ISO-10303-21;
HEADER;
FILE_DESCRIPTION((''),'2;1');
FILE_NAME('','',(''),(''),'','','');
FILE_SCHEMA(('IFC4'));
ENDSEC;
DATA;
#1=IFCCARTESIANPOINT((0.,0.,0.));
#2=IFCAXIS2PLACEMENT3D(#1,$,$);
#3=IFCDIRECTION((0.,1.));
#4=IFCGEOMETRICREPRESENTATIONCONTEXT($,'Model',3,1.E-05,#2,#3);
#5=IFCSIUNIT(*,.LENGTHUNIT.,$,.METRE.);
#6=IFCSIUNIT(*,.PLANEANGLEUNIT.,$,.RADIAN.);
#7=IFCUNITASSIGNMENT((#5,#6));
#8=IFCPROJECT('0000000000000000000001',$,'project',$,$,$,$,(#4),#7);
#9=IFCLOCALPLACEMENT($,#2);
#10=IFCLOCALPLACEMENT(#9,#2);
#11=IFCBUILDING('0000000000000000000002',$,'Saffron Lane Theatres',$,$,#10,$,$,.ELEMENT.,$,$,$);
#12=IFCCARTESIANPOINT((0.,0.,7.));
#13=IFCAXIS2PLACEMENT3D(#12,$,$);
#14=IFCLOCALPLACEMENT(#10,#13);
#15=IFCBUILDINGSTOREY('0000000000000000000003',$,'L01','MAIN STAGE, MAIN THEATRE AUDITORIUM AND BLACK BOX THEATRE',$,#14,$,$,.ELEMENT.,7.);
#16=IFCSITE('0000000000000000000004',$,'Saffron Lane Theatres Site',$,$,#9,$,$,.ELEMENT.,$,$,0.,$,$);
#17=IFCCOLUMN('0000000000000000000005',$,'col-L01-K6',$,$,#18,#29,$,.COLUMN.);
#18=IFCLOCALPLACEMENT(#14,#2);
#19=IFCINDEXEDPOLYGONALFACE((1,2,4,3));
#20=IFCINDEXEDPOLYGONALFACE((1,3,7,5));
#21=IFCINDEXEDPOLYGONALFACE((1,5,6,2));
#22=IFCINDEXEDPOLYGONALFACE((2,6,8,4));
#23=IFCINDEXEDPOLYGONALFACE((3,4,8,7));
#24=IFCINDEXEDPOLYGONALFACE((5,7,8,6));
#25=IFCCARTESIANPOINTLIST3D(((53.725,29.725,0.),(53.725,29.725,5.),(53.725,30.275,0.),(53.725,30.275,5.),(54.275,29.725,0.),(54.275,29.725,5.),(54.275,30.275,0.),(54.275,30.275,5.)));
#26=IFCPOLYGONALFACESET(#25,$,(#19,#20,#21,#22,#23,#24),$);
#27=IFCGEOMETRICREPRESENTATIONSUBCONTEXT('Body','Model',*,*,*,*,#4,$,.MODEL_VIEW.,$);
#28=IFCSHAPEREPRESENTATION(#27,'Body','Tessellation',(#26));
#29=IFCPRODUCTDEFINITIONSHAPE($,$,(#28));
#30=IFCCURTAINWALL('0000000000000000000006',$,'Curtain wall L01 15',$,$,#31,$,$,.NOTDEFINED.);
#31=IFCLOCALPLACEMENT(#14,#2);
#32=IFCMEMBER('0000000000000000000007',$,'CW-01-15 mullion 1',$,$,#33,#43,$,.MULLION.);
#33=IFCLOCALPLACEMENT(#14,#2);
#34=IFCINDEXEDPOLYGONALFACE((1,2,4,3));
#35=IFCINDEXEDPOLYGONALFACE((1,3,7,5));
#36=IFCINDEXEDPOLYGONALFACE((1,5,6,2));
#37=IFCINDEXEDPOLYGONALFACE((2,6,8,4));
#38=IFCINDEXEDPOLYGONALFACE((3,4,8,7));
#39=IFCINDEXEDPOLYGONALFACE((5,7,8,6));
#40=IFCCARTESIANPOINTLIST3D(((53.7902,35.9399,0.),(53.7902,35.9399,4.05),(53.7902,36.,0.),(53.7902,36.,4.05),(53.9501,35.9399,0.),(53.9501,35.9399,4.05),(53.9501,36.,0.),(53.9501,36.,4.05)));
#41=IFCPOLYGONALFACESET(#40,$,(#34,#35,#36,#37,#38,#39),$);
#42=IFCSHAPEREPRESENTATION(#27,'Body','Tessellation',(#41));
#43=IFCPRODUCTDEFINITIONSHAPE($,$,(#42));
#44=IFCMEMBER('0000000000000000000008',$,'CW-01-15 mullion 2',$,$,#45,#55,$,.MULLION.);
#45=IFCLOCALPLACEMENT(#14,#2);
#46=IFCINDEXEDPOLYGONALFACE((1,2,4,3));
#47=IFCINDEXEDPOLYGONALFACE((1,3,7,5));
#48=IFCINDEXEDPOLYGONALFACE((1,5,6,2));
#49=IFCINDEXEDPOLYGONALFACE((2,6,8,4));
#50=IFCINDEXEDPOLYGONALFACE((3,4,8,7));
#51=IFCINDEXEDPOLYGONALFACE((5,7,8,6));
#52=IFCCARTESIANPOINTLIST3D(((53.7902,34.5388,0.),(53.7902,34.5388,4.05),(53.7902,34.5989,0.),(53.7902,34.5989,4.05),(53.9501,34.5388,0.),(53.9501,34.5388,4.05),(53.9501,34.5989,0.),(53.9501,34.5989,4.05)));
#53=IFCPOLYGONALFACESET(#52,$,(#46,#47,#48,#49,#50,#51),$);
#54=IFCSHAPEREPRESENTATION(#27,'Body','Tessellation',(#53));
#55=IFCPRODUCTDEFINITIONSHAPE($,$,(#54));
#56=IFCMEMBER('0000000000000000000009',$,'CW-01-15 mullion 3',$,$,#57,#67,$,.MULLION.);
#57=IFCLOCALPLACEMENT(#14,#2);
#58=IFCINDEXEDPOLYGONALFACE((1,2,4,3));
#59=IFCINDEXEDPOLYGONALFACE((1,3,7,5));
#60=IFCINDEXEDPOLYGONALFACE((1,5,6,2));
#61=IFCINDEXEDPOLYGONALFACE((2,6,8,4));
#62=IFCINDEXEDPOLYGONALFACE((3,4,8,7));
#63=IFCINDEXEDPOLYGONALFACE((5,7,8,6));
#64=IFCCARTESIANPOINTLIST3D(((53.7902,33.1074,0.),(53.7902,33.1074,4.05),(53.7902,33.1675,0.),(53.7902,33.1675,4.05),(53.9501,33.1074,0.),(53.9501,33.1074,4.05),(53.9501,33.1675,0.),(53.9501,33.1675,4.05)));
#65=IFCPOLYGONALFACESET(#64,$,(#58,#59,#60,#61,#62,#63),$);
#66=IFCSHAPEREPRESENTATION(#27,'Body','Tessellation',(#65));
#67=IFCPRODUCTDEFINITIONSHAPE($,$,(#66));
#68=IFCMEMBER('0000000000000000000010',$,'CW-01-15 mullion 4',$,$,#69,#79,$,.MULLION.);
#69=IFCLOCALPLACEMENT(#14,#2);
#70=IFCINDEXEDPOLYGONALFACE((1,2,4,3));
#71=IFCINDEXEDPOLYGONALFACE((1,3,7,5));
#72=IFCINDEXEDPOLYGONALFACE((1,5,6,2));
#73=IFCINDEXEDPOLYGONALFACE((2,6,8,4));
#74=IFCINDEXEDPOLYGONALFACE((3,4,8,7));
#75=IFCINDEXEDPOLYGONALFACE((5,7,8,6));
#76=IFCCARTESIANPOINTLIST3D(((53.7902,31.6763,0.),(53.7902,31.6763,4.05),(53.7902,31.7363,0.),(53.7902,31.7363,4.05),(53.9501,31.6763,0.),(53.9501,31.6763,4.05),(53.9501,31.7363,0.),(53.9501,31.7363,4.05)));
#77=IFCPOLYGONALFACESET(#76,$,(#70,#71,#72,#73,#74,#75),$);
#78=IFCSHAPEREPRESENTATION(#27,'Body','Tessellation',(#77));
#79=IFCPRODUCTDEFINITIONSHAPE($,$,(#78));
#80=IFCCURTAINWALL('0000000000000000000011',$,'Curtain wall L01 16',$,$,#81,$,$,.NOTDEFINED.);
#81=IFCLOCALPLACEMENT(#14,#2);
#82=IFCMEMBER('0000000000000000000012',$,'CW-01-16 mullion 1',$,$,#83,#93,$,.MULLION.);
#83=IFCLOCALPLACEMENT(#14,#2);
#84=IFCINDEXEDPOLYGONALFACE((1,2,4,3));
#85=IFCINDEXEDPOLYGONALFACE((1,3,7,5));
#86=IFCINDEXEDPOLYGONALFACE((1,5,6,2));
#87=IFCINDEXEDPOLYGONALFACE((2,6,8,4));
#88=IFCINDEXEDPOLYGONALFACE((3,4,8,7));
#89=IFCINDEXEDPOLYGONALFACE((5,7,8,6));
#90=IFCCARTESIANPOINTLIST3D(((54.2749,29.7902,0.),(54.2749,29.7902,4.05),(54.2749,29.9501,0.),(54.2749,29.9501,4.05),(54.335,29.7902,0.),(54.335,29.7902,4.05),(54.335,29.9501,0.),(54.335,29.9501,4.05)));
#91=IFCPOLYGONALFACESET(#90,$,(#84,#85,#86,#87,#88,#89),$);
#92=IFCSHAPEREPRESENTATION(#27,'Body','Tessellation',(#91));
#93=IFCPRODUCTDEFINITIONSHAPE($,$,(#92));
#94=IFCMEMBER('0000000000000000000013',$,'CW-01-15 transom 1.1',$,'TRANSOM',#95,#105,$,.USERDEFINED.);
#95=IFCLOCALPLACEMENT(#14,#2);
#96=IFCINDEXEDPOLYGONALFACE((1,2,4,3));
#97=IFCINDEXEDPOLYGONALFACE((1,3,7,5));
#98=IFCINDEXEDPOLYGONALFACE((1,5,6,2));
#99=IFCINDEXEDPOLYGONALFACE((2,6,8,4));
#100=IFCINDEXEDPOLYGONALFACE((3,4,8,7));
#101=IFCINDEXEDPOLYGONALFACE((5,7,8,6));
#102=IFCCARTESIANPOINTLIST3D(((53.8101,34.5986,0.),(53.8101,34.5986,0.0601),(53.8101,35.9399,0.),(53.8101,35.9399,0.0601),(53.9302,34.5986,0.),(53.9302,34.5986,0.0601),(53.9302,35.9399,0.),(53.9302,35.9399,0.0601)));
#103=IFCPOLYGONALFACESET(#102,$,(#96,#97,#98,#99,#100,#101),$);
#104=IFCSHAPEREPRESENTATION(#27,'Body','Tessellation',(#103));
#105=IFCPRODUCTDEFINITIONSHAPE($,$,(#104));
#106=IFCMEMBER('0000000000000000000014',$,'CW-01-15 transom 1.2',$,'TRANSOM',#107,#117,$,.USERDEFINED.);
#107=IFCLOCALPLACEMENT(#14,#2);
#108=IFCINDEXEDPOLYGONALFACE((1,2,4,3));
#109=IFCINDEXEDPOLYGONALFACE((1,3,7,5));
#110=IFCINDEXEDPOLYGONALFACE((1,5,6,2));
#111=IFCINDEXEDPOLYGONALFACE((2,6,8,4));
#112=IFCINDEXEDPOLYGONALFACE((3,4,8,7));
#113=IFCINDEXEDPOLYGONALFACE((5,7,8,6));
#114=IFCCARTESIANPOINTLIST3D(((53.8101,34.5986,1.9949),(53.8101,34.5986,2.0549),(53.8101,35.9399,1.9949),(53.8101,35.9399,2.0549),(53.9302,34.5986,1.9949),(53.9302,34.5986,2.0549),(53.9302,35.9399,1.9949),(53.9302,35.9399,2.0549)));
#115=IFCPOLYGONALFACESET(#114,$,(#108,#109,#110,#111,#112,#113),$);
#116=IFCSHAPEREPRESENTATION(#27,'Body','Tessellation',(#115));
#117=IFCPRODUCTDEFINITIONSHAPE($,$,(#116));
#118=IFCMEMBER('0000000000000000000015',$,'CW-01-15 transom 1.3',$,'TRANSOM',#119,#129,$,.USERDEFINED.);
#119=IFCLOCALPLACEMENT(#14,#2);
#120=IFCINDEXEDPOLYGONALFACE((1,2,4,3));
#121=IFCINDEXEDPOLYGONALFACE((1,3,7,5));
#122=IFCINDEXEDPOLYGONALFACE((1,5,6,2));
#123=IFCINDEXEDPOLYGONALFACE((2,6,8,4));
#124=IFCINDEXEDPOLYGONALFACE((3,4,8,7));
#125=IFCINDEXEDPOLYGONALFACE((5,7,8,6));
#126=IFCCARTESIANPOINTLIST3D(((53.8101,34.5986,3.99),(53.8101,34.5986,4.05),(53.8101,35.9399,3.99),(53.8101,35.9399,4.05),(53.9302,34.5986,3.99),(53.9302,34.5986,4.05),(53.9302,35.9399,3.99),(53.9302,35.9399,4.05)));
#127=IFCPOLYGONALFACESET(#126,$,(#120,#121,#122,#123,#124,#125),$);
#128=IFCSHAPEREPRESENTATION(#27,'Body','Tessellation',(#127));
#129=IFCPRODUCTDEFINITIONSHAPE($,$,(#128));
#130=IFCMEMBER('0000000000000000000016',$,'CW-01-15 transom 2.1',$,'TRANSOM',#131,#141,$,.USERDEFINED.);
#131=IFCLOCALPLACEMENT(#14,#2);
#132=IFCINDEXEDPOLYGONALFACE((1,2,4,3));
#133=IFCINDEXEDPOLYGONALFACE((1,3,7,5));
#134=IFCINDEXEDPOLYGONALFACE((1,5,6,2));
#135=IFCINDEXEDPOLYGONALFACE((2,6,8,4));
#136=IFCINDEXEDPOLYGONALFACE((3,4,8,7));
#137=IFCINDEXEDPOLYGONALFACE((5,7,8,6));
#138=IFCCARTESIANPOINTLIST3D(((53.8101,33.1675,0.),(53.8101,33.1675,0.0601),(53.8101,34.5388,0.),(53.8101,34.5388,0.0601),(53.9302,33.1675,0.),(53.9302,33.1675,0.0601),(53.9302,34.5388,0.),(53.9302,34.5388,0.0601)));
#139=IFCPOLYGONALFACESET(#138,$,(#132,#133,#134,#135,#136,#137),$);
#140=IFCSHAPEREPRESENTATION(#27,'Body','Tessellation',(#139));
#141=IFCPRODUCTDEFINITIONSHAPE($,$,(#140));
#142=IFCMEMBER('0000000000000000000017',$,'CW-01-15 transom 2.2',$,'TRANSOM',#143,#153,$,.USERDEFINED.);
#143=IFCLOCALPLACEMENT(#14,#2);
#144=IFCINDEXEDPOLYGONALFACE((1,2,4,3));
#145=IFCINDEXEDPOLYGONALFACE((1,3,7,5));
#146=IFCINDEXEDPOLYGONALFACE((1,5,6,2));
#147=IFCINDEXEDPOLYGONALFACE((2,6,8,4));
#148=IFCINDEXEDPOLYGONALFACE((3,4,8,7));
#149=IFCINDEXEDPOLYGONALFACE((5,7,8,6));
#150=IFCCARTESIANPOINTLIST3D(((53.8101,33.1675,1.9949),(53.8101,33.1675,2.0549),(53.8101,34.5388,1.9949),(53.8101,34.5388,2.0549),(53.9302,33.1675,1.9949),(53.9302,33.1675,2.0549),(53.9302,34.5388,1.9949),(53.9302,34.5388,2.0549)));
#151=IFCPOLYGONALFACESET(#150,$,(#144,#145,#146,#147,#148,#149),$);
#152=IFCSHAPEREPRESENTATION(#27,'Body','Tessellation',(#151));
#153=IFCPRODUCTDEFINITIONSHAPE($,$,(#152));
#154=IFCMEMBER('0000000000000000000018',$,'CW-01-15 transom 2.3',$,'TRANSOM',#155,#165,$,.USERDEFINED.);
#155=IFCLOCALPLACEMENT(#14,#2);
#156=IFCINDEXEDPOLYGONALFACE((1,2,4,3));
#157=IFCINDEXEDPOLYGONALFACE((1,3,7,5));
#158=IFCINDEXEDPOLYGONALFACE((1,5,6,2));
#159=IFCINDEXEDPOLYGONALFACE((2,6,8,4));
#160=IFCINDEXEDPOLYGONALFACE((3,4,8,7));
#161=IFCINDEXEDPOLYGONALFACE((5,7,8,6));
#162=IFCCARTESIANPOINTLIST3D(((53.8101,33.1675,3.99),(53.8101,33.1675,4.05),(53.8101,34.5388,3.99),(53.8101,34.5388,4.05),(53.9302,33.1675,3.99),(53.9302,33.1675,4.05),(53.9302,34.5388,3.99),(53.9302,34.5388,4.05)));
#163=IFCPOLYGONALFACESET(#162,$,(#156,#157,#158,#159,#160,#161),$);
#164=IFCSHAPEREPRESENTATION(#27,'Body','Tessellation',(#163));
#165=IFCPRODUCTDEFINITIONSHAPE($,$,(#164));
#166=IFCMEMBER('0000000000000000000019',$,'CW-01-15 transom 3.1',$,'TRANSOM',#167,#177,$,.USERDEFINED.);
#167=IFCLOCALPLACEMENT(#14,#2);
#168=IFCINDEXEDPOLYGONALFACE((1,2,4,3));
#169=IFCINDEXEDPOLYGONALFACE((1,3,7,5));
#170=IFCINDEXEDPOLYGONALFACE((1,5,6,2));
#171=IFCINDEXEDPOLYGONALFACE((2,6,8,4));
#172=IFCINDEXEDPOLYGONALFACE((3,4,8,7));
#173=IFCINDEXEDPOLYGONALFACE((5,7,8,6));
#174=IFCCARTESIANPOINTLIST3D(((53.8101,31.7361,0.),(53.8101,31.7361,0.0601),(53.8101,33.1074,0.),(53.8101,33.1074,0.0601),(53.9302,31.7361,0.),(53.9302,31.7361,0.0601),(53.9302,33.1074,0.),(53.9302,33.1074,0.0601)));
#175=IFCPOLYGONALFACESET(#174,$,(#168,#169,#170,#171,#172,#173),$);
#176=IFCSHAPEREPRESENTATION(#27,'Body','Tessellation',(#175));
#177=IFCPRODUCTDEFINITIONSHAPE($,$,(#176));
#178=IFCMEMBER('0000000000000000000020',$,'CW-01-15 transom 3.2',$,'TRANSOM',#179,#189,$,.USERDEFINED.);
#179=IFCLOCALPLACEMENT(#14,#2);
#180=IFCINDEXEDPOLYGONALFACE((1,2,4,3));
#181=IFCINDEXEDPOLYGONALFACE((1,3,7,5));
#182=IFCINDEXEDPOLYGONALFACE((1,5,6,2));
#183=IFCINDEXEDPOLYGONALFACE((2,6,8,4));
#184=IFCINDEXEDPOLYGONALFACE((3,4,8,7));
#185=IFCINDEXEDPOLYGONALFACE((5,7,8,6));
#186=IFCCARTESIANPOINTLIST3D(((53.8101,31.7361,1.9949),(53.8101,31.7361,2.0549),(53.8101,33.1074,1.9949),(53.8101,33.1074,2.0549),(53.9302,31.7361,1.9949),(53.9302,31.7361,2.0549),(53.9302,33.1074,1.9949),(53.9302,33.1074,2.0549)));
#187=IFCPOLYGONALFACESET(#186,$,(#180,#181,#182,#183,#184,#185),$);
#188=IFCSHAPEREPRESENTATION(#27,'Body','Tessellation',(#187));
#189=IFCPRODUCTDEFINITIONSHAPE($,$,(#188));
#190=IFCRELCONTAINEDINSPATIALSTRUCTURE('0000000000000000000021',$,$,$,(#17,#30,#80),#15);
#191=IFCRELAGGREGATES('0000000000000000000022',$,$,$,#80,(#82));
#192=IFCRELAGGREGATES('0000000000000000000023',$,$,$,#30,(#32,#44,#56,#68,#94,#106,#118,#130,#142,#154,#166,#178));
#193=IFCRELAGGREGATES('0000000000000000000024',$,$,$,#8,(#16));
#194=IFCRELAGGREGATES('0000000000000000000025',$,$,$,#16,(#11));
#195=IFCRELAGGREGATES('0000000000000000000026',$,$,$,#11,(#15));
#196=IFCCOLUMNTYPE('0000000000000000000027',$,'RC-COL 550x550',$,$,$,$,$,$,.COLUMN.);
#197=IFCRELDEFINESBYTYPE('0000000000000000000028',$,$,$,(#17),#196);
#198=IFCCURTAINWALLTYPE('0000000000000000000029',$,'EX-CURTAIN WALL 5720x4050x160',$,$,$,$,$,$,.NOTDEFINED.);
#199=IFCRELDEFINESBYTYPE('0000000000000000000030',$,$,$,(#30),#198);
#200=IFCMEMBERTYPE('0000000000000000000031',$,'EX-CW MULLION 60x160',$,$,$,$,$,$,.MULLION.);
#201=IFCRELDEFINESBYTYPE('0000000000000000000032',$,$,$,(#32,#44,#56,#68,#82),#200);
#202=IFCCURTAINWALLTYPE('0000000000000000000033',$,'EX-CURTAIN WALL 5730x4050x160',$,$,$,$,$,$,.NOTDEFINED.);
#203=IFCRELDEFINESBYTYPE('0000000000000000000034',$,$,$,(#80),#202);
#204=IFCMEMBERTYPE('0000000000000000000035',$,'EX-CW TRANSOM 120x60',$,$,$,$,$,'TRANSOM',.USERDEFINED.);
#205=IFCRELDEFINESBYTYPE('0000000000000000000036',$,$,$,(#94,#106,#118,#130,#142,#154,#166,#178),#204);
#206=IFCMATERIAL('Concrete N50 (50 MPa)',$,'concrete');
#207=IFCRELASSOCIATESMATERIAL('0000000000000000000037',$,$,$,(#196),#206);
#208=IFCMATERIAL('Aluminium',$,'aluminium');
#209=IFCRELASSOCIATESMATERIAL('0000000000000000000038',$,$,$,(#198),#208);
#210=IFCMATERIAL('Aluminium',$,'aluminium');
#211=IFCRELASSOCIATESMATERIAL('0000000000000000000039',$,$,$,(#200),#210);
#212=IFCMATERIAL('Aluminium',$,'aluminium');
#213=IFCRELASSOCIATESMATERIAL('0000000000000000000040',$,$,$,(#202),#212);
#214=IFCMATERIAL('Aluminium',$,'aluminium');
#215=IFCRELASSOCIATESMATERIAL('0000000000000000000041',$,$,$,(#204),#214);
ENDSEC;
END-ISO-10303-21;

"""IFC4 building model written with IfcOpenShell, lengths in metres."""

from ifc_helpers import new_model, si_unit, direction, frame, origin, origin_2d, place, context, subcontext, project, spatial, rectangle, extrude, material, material_profile, profile_set, type_object, element, aggregate, save


model = new_model("IFC4")

# Units and contexts
model_context = context("Model", 3, precision=1e-05, world=origin(), true_north=direction((0.0, 1.0)))
body_context = subcontext(model_context, "Body", "Model", "MODEL_VIEW")
ifc_project = project(units=[si_unit("LENGTHUNIT", "METRE"), si_unit("PLANEANGLEUNIT", "RADIAN")], contexts=[model_context])

# Site, building, storey
site_placement = place(None, origin())
site = spatial("IfcSite", under=ifc_project, at=site_placement, Name="Saffron Lane Theatres Site", CompositionType="ELEMENT", RefElevation=0.0)
building_placement = place(site_placement, origin())
building = spatial("IfcBuilding", under=site, at=building_placement, Name="Saffron Lane Theatres", CompositionType="ELEMENT")
storey_placement = place(building_placement, frame((0.0, 0.0, 7.0)))
storey = spatial("IfcBuildingStorey", under=building, at=storey_placement, Name="L01", Description="MAIN STAGE, MAIN THEATRE AUDITORIUM AND BLACK BOX THEATRE", CompositionType="ELEMENT", Elevation=7.0)

# Column
ifc_material_1 = material(Name="Concrete N50 (50 MPa)", Category="concrete")
ifc_material_profile_1 = material_profile(ifc_material_1, rectangle(XDim=0.55, YDim=0.55, at=origin_2d()))
ifc_profile_set_1 = profile_set([ifc_material_profile_1], Name="Concrete N50 (50 MPa)")
column_type = type_object("IfcColumnType", Name="RC-COL 550x550", PredefinedType="COLUMN", material=ifc_profile_set_1)
column_placement = place(storey_placement, frame((54.0, 30.0, 0.0), z_axis=(0.0, 0.0, 1.0), x_axis=(1.0, 0.0, 0.0)))
element("IfcColumn", 1, at=column_placement, inside=storey, type_object=column_type, Name="col-L01-K6", PredefinedType="COLUMN", context=body_context, shape_type="SweptSolid", body=[
    extrude(rectangle(XDim=0.55, YDim=0.55, at=origin_2d()), origin(), (0.0, 0.0, 1.0), 5.0),
])

# Curtain wall, members
ifc_material_2 = material(Name="Aluminium", Category="aluminium")
curtain_wall_type_1 = type_object("IfcCurtainWallType", Name="EX-CURTAIN WALL 5720x4050x160", PredefinedType="NOTDEFINED", material=ifc_material_2)
curtain_wall_1_placement = place(storey_placement, origin())
curtain_wall_1 = element("IfcCurtainWall", 2, at=curtain_wall_1_placement, inside=storey, type_object=curtain_wall_type_1, Name="Curtain wall L01 15", PredefinedType="NOTDEFINED")
ifc_material_3 = material(Name="Aluminium", Category="aluminium")
ifc_material_profile_2 = material_profile(ifc_material_3, rectangle(XDim=0.0601, YDim=0.1599, at=origin_2d()))
ifc_profile_set_2 = profile_set([ifc_material_profile_2], Name="Aluminium")
member_type_1 = type_object("IfcMemberType", Name="EX-CW MULLION 60x160", PredefinedType="MULLION", material=ifc_profile_set_2)
member_1_placement = place(storey_placement, frame((53.8701, 35.97, 0.0), z_axis=(0.0, 0.0, 1.0), x_axis=(0.0, -1.0, 0.0)))
member_1 = element("IfcMember", 3, at=member_1_placement, type_object=member_type_1, Name="CW-01-15 mullion 1", PredefinedType="MULLION", context=body_context, shape_type="SweptSolid", body=[
    extrude(rectangle(XDim=0.0601, YDim=0.1599, at=origin_2d()), origin(), (0.0, 0.0, 1.0), 4.05),
])
member_2_placement = place(storey_placement, frame((53.8701, 34.5688, 0.0), z_axis=(0.0, 0.0, 1.0), x_axis=(0.0, -1.0, 0.0)))
member_2 = element("IfcMember", 4, at=member_2_placement, type_object=member_type_1, Name="CW-01-15 mullion 2", PredefinedType="MULLION", context=body_context, shape_type="SweptSolid", body=[
    extrude(rectangle(XDim=0.0601, YDim=0.1599, at=origin_2d()), origin(), (0.0, 0.0, 1.0), 4.05),
])
member_3_placement = place(storey_placement, frame((53.8701, 33.1375, 0.0), z_axis=(0.0, 0.0, 1.0), x_axis=(0.0, -1.0, 0.0)))
member_3 = element("IfcMember", 5, at=member_3_placement, type_object=member_type_1, Name="CW-01-15 mullion 3", PredefinedType="MULLION", context=body_context, shape_type="SweptSolid", body=[
    extrude(rectangle(XDim=0.0601, YDim=0.1599, at=origin_2d()), origin(), (0.0, 0.0, 1.0), 4.05),
])
member_4_placement = place(storey_placement, frame((53.8701, 31.7063, 0.0), z_axis=(0.0, 0.0, 1.0), x_axis=(0.0, -1.0, 0.0)))
member_4 = element("IfcMember", 6, at=member_4_placement, type_object=member_type_1, Name="CW-01-15 mullion 4", PredefinedType="MULLION", context=body_context, shape_type="SweptSolid", body=[
    extrude(rectangle(XDim=0.0601, YDim=0.1599, at=origin_2d()), origin(), (0.0, 0.0, 1.0), 4.05),
])

# Curtain wall, member
ifc_material_4 = material(Name="Aluminium", Category="aluminium")
curtain_wall_type_2 = type_object("IfcCurtainWallType", Name="EX-CURTAIN WALL 5730x4050x160", PredefinedType="NOTDEFINED", material=ifc_material_4)
curtain_wall_2_placement = place(storey_placement, origin())
curtain_wall_2 = element("IfcCurtainWall", 7, at=curtain_wall_2_placement, inside=storey, type_object=curtain_wall_type_2, Name="Curtain wall L01 16", PredefinedType="NOTDEFINED")
member_5_placement = place(storey_placement, frame((54.3049, 29.8701, 0.0), z_axis=(0.0, 0.0, 1.0), x_axis=(1.0, 0.0, 0.0)))
member_5 = element("IfcMember", 8, at=member_5_placement, type_object=member_type_1, Name="CW-01-16 mullion 1", PredefinedType="MULLION", context=body_context, shape_type="SweptSolid", body=[
    extrude(rectangle(XDim=0.0601, YDim=0.1599, at=origin_2d()), origin(), (0.0, 0.0, 1.0), 4.05),
])

# Members
ifc_material_5 = material(Name="Aluminium", Category="aluminium")
ifc_material_profile_3 = material_profile(ifc_material_5, rectangle(XDim=0.1201, YDim=0.0601, at=origin_2d()))
ifc_profile_set_3 = profile_set([ifc_material_profile_3], Name="Aluminium")
member_type_2 = type_object("IfcMemberType", Name="EX-CW TRANSOM 120x60", ElementType="TRANSOM", PredefinedType="USERDEFINED", material=ifc_profile_set_3)
member_6_placement = place(storey_placement, frame((53.8701, 35.9399, 0.03), z_axis=(0.0, -1.0, 0.0), x_axis=(1.0, 0.0, 0.0)))
member_6 = element("IfcMember", 9, at=member_6_placement, type_object=member_type_2, Name="CW-01-15 transom 1.1", ObjectType="TRANSOM", PredefinedType="USERDEFINED", context=body_context, shape_type="SweptSolid", body=[
    extrude(rectangle(XDim=0.1201, YDim=0.0601, at=origin_2d()), origin(), (0.0, 0.0, 1.0), 1.3413),
])
member_7_placement = place(storey_placement, frame((53.8701, 35.9399, 2.0249), z_axis=(0.0, -1.0, 0.0), x_axis=(1.0, 0.0, 0.0)))
member_7 = element("IfcMember", 10, at=member_7_placement, type_object=member_type_2, Name="CW-01-15 transom 1.2", ObjectType="TRANSOM", PredefinedType="USERDEFINED", context=body_context, shape_type="SweptSolid", body=[
    extrude(rectangle(XDim=0.1201, YDim=0.0601, at=origin_2d()), origin(), (0.0, 0.0, 1.0), 1.3413),
])
member_8_placement = place(storey_placement, frame((53.8701, 35.9399, 4.02), z_axis=(0.0, -1.0, 0.0), x_axis=(1.0, 0.0, 0.0)))
member_8 = element("IfcMember", 11, at=member_8_placement, type_object=member_type_2, Name="CW-01-15 transom 1.3", ObjectType="TRANSOM", PredefinedType="USERDEFINED", context=body_context, shape_type="SweptSolid", body=[
    extrude(rectangle(XDim=0.1201, YDim=0.0601, at=origin_2d()), origin(), (0.0, 0.0, 1.0), 1.3413),
])
member_9_placement = place(storey_placement, frame((53.8701, 34.5388, 0.03), z_axis=(0.0, -1.0, 0.0), x_axis=(1.0, 0.0, 0.0)))
member_9 = element("IfcMember", 12, at=member_9_placement, type_object=member_type_2, Name="CW-01-15 transom 2.1", ObjectType="TRANSOM", PredefinedType="USERDEFINED", context=body_context, shape_type="SweptSolid", body=[
    extrude(rectangle(XDim=0.1201, YDim=0.0601, at=origin_2d()), origin(), (0.0, 0.0, 1.0), 1.3713),
])
member_10_placement = place(storey_placement, frame((53.8701, 34.5388, 2.0249), z_axis=(0.0, -1.0, 0.0), x_axis=(1.0, 0.0, 0.0)))
member_10 = element("IfcMember", 13, at=member_10_placement, type_object=member_type_2, Name="CW-01-15 transom 2.2", ObjectType="TRANSOM", PredefinedType="USERDEFINED", context=body_context, shape_type="SweptSolid", body=[
    extrude(rectangle(XDim=0.1201, YDim=0.0601, at=origin_2d()), origin(), (0.0, 0.0, 1.0), 1.3713),
])
member_11_placement = place(storey_placement, frame((53.8701, 34.5388, 4.02), z_axis=(0.0, -1.0, 0.0), x_axis=(1.0, 0.0, 0.0)))
member_11 = element("IfcMember", 14, at=member_11_placement, type_object=member_type_2, Name="CW-01-15 transom 2.3", ObjectType="TRANSOM", PredefinedType="USERDEFINED", context=body_context, shape_type="SweptSolid", body=[
    extrude(rectangle(XDim=0.1201, YDim=0.0601, at=origin_2d()), origin(), (0.0, 0.0, 1.0), 1.3713),
])
member_12_placement = place(storey_placement, frame((53.8701, 33.1074, 0.03), z_axis=(0.0, -1.0, 0.0), x_axis=(1.0, 0.0, 0.0)))
member_12 = element("IfcMember", 15, at=member_12_placement, type_object=member_type_2, Name="CW-01-15 transom 3.1", ObjectType="TRANSOM", PredefinedType="USERDEFINED", context=body_context, shape_type="SweptSolid", body=[
    extrude(rectangle(XDim=0.1201, YDim=0.0601, at=origin_2d()), origin(), (0.0, 0.0, 1.0), 1.3713),
])
member_13_placement = place(storey_placement, frame((53.8701, 33.1074, 2.0249), z_axis=(0.0, -1.0, 0.0), x_axis=(1.0, 0.0, 0.0)))
member_13 = element("IfcMember", 16, at=member_13_placement, type_object=member_type_2, Name="CW-01-15 transom 3.2", ObjectType="TRANSOM", PredefinedType="USERDEFINED", context=body_context, shape_type="SweptSolid", body=[
    extrude(rectangle(XDim=0.1201, YDim=0.0601, at=origin_2d()), origin(), (0.0, 0.0, 1.0), 1.3713),
])
aggregate(curtain_wall_2, [member_5])

aggregate(curtain_wall_1, [member_1, member_2, member_3, member_4, member_6, member_7, member_8, member_9, member_10, member_11, member_12, member_13])

save(model, "model.ifc")
